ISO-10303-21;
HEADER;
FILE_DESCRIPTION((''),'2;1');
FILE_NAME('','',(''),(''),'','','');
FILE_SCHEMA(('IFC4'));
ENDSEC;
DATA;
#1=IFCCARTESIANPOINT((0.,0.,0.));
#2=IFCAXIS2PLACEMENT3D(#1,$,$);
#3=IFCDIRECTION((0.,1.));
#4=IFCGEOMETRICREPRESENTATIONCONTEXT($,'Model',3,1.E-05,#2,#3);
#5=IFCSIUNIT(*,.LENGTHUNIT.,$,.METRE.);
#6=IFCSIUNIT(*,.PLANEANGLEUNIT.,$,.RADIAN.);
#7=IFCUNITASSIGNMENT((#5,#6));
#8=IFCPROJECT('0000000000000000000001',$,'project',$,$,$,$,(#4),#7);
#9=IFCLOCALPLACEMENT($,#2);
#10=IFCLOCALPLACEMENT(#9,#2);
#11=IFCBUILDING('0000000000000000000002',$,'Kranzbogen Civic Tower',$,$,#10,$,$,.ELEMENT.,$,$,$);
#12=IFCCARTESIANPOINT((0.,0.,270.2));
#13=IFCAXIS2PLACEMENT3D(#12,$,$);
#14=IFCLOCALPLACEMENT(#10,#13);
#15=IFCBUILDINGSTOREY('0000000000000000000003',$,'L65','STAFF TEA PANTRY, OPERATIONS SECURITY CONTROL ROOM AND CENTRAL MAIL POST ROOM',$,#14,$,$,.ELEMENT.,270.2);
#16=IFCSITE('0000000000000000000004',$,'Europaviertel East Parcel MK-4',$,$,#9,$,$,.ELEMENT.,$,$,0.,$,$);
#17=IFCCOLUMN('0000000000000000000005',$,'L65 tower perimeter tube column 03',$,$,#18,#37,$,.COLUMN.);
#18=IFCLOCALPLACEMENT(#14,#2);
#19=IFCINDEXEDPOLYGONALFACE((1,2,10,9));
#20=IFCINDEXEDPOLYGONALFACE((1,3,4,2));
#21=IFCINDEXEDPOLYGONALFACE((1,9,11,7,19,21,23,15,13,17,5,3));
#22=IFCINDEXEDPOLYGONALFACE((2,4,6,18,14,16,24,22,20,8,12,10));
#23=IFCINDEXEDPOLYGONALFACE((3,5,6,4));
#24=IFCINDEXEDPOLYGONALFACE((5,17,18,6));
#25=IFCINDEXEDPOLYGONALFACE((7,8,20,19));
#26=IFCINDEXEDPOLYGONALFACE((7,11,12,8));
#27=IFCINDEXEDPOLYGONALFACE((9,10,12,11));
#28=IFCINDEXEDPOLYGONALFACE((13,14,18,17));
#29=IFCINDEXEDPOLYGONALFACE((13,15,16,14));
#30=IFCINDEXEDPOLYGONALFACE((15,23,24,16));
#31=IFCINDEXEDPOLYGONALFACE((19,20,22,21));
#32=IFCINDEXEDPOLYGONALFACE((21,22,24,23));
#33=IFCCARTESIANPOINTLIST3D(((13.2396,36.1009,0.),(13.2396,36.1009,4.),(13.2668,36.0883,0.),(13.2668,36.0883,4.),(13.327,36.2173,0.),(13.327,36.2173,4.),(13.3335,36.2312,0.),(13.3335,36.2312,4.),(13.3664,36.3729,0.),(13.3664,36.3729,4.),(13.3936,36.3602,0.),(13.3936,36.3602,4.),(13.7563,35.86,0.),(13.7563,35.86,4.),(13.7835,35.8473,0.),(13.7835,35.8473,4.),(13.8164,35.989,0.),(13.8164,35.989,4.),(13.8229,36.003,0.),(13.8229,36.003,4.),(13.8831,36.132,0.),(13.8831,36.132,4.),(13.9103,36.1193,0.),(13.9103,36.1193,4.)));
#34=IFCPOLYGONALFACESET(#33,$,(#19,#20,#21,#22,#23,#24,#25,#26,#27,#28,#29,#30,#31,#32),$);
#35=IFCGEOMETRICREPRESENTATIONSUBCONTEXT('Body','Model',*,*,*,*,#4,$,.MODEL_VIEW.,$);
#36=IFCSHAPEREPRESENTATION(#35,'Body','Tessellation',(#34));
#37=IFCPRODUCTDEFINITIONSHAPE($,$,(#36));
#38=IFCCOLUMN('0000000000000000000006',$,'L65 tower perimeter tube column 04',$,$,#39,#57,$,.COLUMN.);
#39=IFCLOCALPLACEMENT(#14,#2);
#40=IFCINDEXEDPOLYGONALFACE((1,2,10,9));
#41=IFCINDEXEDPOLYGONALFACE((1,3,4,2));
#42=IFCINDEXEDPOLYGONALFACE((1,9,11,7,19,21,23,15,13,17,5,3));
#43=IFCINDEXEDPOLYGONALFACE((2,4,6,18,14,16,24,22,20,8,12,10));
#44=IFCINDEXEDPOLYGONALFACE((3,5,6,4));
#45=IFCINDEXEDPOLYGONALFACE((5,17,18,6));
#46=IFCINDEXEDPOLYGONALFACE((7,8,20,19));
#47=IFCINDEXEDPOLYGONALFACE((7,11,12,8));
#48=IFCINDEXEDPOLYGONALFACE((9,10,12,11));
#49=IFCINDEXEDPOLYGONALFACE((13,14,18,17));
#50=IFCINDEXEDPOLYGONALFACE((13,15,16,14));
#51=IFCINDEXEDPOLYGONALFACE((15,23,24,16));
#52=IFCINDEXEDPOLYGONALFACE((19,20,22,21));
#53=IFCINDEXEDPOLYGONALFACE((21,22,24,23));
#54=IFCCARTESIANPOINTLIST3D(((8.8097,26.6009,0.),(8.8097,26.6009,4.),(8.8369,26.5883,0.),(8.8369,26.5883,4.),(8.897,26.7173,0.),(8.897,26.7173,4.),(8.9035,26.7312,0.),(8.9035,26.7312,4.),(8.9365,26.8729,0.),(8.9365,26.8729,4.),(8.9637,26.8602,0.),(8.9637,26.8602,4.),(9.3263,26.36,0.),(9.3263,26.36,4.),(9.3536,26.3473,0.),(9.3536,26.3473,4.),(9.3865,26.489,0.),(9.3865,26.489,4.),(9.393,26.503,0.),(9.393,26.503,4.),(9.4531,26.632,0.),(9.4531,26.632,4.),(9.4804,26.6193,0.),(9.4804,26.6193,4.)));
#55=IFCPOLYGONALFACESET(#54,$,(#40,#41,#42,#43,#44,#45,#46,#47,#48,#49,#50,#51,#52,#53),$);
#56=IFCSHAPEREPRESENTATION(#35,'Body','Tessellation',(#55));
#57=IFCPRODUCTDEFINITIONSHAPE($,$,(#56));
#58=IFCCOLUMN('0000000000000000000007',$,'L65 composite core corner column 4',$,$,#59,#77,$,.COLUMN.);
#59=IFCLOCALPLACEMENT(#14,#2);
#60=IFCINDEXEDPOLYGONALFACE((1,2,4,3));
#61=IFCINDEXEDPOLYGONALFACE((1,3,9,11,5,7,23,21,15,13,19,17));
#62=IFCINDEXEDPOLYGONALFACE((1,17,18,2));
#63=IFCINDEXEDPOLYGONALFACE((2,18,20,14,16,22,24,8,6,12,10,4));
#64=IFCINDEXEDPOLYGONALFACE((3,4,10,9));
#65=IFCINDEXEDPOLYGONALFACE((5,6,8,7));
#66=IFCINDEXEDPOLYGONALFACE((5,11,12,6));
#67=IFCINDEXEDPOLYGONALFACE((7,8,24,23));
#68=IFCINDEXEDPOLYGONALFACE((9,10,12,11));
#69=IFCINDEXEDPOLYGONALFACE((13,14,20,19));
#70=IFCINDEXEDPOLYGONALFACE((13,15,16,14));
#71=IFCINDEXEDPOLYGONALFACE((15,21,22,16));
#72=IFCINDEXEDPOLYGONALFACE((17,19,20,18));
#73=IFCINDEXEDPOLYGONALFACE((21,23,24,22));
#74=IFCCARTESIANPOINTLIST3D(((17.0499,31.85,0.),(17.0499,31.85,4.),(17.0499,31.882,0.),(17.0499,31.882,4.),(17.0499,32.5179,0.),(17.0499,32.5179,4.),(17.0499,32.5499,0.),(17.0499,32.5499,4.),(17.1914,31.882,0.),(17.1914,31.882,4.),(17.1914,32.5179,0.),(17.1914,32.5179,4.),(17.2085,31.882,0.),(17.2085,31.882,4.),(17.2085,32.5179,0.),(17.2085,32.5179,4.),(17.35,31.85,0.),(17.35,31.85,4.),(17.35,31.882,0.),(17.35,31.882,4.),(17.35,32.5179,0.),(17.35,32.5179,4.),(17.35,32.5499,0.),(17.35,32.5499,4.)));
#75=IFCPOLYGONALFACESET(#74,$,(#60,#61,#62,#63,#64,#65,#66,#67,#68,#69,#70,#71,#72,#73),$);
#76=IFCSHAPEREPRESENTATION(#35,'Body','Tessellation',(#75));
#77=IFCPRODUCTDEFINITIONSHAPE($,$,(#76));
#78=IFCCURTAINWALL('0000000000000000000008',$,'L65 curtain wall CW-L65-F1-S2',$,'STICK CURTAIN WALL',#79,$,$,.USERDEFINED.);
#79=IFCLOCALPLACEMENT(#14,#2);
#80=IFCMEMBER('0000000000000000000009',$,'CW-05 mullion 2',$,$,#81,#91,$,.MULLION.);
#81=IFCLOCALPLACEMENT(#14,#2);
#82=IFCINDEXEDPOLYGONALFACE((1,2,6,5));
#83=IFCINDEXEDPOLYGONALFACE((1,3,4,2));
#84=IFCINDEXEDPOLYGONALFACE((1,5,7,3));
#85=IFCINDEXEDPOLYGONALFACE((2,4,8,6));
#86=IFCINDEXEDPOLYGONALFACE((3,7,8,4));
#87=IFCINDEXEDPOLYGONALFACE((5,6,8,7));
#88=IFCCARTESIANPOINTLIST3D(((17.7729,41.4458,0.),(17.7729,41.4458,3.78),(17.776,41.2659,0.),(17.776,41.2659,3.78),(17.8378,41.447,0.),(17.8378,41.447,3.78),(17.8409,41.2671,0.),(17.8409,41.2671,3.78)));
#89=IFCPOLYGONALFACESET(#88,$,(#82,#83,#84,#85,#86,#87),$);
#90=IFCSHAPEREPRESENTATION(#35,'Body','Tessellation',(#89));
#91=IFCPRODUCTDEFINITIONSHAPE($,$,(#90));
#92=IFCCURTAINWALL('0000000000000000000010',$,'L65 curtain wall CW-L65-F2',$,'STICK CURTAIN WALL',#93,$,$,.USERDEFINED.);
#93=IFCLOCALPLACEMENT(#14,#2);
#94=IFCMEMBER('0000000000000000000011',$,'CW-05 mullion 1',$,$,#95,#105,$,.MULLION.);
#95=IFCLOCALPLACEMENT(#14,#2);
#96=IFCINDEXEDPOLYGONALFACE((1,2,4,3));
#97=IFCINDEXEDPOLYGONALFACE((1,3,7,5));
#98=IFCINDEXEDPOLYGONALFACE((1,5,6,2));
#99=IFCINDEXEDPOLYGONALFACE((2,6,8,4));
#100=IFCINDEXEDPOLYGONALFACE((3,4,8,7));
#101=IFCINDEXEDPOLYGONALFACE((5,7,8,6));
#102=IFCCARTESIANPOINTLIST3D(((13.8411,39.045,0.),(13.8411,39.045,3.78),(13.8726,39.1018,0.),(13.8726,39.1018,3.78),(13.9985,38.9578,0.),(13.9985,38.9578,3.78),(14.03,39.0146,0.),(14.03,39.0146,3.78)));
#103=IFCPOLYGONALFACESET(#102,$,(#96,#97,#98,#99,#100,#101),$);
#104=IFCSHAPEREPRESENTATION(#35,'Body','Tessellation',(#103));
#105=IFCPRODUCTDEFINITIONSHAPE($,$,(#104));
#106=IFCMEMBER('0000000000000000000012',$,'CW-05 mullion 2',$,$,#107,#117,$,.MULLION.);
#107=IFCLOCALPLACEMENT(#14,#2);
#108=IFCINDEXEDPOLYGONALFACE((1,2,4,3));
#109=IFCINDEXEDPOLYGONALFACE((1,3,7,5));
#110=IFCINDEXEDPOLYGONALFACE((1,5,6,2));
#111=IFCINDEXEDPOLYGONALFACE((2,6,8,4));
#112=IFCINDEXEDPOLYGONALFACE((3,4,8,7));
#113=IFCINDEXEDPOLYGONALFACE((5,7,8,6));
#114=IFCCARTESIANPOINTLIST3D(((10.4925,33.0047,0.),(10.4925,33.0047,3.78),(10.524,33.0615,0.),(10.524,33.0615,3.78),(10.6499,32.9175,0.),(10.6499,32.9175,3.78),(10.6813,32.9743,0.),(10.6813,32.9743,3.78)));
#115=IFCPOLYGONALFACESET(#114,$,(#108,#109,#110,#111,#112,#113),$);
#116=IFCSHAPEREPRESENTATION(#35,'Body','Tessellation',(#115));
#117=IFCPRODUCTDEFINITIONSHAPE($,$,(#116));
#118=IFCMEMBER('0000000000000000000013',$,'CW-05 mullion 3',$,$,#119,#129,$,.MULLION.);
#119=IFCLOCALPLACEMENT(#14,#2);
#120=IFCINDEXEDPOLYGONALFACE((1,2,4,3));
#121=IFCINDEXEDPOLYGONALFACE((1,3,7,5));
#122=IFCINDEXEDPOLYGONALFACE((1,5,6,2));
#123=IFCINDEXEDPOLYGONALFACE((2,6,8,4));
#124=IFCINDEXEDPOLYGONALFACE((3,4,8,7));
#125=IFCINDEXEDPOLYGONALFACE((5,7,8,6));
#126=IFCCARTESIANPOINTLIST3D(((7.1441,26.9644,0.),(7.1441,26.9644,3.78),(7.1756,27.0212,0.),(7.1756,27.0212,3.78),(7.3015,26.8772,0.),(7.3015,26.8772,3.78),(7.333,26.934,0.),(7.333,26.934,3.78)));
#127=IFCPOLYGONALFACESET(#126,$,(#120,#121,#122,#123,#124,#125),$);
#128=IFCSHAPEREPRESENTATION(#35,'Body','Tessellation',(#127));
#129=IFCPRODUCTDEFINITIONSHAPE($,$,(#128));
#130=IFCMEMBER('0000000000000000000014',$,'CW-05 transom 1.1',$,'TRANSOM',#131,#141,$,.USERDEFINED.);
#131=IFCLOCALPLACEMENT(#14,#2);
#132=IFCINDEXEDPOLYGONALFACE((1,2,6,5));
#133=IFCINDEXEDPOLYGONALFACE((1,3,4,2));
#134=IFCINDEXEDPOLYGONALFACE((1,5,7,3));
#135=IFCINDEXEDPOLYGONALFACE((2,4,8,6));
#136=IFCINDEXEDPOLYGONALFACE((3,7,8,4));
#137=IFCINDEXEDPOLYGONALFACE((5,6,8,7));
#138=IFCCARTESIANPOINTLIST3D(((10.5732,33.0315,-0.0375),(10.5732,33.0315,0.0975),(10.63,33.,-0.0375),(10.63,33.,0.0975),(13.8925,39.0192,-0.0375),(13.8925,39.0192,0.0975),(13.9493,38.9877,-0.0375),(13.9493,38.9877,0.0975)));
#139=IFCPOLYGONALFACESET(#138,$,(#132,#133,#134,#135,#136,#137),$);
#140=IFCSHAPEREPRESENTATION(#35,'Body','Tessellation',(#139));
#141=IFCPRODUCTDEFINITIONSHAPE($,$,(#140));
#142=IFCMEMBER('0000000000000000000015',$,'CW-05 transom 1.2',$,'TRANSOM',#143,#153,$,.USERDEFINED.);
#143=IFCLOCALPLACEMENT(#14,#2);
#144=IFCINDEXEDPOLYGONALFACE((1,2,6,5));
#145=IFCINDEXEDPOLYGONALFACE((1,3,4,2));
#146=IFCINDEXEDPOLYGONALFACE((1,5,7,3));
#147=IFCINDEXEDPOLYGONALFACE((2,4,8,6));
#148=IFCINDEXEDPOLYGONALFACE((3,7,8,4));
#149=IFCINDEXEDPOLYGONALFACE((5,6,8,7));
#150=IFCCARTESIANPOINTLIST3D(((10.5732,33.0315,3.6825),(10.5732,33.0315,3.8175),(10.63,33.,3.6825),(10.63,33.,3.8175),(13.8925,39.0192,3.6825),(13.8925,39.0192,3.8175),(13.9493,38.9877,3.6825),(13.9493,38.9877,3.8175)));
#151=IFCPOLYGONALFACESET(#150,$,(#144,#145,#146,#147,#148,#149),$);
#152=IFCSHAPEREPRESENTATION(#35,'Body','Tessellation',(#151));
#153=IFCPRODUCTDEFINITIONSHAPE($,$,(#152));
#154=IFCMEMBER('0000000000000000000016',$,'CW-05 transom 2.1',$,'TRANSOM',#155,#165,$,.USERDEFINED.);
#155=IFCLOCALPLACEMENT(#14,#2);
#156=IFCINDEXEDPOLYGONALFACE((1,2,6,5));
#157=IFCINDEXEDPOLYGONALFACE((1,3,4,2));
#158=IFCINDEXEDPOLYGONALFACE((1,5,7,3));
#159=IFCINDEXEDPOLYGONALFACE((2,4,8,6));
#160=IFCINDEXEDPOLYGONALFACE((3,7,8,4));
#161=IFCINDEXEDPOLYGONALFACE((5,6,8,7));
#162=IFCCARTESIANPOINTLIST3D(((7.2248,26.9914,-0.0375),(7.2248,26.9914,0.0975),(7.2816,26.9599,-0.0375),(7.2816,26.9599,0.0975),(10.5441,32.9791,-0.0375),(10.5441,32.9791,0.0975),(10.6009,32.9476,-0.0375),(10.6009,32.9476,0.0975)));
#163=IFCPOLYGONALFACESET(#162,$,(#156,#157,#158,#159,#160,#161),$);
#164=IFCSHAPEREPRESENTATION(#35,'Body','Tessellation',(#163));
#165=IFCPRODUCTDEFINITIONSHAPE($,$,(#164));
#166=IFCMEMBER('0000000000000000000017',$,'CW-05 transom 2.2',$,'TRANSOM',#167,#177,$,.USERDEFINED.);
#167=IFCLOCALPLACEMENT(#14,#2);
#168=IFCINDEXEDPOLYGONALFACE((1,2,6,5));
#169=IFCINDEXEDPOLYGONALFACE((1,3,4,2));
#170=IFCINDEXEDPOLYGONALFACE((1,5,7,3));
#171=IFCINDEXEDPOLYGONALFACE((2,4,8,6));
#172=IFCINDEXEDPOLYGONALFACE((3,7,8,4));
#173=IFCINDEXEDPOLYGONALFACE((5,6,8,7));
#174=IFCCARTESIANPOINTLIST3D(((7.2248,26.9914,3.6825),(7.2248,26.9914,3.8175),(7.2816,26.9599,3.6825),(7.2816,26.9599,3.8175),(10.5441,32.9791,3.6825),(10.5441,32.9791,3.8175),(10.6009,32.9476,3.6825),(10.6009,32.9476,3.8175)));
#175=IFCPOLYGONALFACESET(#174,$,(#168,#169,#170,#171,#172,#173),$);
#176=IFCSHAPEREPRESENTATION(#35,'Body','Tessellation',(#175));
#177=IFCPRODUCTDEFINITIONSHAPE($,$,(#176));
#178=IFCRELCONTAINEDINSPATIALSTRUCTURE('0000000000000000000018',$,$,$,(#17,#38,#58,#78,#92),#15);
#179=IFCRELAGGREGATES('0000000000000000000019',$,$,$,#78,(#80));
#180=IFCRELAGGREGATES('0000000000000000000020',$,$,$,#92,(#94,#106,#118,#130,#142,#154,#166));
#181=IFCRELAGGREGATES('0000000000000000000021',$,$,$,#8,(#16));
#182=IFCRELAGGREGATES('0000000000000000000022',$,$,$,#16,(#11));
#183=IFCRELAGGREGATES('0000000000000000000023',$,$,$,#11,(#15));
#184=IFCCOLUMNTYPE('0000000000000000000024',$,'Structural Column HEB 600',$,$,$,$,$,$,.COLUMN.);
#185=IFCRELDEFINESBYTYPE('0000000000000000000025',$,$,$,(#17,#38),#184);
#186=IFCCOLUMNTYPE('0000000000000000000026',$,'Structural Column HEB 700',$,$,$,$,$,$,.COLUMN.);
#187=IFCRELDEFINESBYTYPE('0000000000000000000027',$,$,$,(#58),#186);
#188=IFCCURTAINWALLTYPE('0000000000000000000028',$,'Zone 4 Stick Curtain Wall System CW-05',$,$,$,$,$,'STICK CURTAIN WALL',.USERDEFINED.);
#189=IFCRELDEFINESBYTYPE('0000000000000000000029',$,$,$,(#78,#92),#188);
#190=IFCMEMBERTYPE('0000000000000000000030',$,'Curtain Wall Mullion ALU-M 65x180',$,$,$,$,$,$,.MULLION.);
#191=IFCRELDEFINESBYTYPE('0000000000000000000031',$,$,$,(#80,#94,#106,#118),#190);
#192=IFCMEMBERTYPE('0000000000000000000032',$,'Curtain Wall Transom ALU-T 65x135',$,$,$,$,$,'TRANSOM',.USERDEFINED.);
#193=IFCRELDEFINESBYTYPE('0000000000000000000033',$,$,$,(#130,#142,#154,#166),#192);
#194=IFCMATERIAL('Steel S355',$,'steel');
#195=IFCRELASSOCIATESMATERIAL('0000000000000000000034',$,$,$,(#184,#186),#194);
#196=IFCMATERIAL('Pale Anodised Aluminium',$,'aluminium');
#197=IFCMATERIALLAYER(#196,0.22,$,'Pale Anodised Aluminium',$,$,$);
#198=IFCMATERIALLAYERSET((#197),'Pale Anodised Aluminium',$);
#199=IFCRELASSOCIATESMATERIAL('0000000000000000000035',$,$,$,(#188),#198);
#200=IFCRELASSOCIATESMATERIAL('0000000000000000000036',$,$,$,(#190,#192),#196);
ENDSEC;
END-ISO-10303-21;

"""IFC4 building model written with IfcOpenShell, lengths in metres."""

from ifc_helpers import new_model, si_unit, direction, frame, origin, origin_2d, place, context, subcontext, project, spatial, rectangle, i_section, extrude, material, layer, layer_set, material_profile, profile_set, type_object, element, aggregate, save


model = new_model("IFC4")

# Units and contexts
model_context = context("Model", 3, precision=1e-05, world=origin(), true_north=direction((0.0, 1.0)))
body_context = subcontext(model_context, "Body", "Model", "MODEL_VIEW")
ifc_project = project(units=[si_unit("LENGTHUNIT", "METRE"), si_unit("PLANEANGLEUNIT", "RADIAN")], contexts=[model_context])

# Site, building, storey
site_placement = place(None, origin())
site = spatial("IfcSite", under=ifc_project, at=site_placement, Name="Europaviertel East Parcel MK-4", CompositionType="ELEMENT", RefElevation=0.0)
building_placement = place(site_placement, origin())
building = spatial("IfcBuilding", under=site, at=building_placement, Name="Kranzbogen Civic Tower", CompositionType="ELEMENT")
storey_placement = place(building_placement, frame((0.0, 0.0, 270.2)))
storey = spatial("IfcBuildingStorey", under=building, at=storey_placement, Name="L65", Description="STAFF TEA PANTRY, OPERATIONS SECURITY CONTROL ROOM AND CENTRAL MAIL POST ROOM", CompositionType="ELEMENT", Elevation=270.2)

# Columns
ifc_material_1 = material(Name="Steel S355", Category="steel")
ifc_material_profile_1 = material_profile(ifc_material_1, i_section(OverallWidth=0.3, OverallDepth=0.6001, WebThickness=0.0154, FlangeThickness=0.03, at=origin_2d()), Name="HEB 600")
ifc_profile_set_1 = profile_set([ifc_material_profile_1], Name="Steel S355")
column_type_1 = type_object("IfcColumnType", Name="Structural Column HEB 600", PredefinedType="COLUMN", material=ifc_profile_set_1)
for number, where, z_axis, x_axis, name in (
    (1, (13.575, 36.1101, 0.0), (0.0, 0.0, 1.0), (0.422618, 0.906308, 0.0), "L65 tower perimeter tube column 03"),
    (2, (9.145, 26.6101, 0.0), (0.0, 0.0, 1.0), (0.422618, 0.906308, 0.0), "L65 tower perimeter tube column 04"),
):
    element("IfcColumn", number, at=place(storey_placement, frame(where, z_axis=z_axis, x_axis=x_axis)), inside=storey, type_object=column_type_1, Name=name, PredefinedType="COLUMN", context=body_context, shape_type="SweptSolid", body=[
        extrude(i_section(OverallWidth=0.3, OverallDepth=0.6001, WebThickness=0.0154, FlangeThickness=0.03, at=origin_2d()), origin(), (0.0, 0.0, 1.0), 4.0),
    ])
ifc_material_profile_2 = material_profile(ifc_material_1, i_section(OverallWidth=0.3, OverallDepth=0.7, WebThickness=0.0171, FlangeThickness=0.032, at=origin_2d()), Name="HEB 700")
ifc_profile_set_2 = profile_set([ifc_material_profile_2], Name="Steel S355")
column_type_2 = type_object("IfcColumnType", Name="Structural Column HEB 700", PredefinedType="COLUMN", material=ifc_profile_set_2)
column_placement = place(storey_placement, frame((17.2, 32.2, 0.0), z_axis=(0.0, 0.0, 1.0), x_axis=(1.0, 0.0, 0.0)))
element("IfcColumn", 3, at=column_placement, inside=storey, type_object=column_type_2, Name="L65 composite core corner column 4", PredefinedType="COLUMN", context=body_context, shape_type="SweptSolid", body=[
    extrude(i_section(OverallWidth=0.3, OverallDepth=0.7, WebThickness=0.0171, FlangeThickness=0.032, at=origin_2d()), origin(), (0.0, 0.0, 1.0), 4.0),
])

# Curtain wall, member
ifc_material_2 = material(Name="Pale Anodised Aluminium", Category="aluminium")
ifc_layer_1 = layer(ifc_material_2, 0.22, Name="Pale Anodised Aluminium")
ifc_layer_set_1 = layer_set([ifc_layer_1], Name="Pale Anodised Aluminium")
curtain_wall_type = type_object("IfcCurtainWallType", Name="Zone 4 Stick Curtain Wall System CW-05", ElementType="STICK CURTAIN WALL", PredefinedType="USERDEFINED", material=ifc_layer_set_1)
curtain_wall_1_placement = place(storey_placement, origin())
curtain_wall_1 = element("IfcCurtainWall", 4, at=curtain_wall_1_placement, inside=storey, type_object=curtain_wall_type, Name="L65 curtain wall CW-L65-F1-S2", ObjectType="STICK CURTAIN WALL", PredefinedType="USERDEFINED")
ifc_material_profile_3 = material_profile(ifc_material_2, rectangle(XDim=0.0649, YDim=0.1799, at=origin_2d()), Name="ALU-M 65x180")
ifc_profile_set_3 = profile_set([ifc_material_profile_3], Name="Pale Anodised Aluminium")
member_type_1 = type_object("IfcMemberType", Name="Curtain Wall Mullion ALU-M 65x180", PredefinedType="MULLION", material=ifc_profile_set_3)
member_1_placement = place(storey_placement, frame((17.8069, 41.3564, 0.0), z_axis=(0.0, 0.0, 1.0), x_axis=(-0.999848, -0.017434, 0.0)))
member_1 = element("IfcMember", 5, at=member_1_placement, type_object=member_type_1, Name="CW-05 mullion 2", PredefinedType="MULLION", context=body_context, shape_type="SweptSolid", body=[
    extrude(rectangle(XDim=0.0649, YDim=0.1799, at=origin_2d()), origin(), (0.0, 0.0, 1.0), 3.78),
])
aggregate(curtain_wall_1, [member_1])

# Curtain wall, members
curtain_wall_2_placement = place(storey_placement, origin())
curtain_wall_2 = element("IfcCurtainWall", 6, at=curtain_wall_2_placement, inside=storey, type_object=curtain_wall_type, Name="L65 curtain wall CW-L65-F2", ObjectType="STICK CURTAIN WALL", PredefinedType="USERDEFINED")
member_2_placement = place(storey_placement, frame((13.9355, 39.0298, 0.0), z_axis=(0.0, 0.0, 1.0), x_axis=(-0.484841, -0.874602, 0.0)))
member_2 = element("IfcMember", 7, at=member_2_placement, type_object=member_type_1, Name="CW-05 mullion 1", PredefinedType="MULLION", context=body_context, shape_type="SweptSolid", body=[
    extrude(rectangle(XDim=0.0649, YDim=0.1799, at=origin_2d()), origin(), (0.0, 0.0, 1.0), 3.78),
])
member_3_placement = place(storey_placement, frame((10.5869, 32.9895, 0.0), z_axis=(0.0, 0.0, 1.0), x_axis=(-0.484841, -0.874602, 0.0)))
member_3 = element("IfcMember", 8, at=member_3_placement, type_object=member_type_1, Name="CW-05 mullion 2", PredefinedType="MULLION", context=body_context, shape_type="SweptSolid", body=[
    extrude(rectangle(XDim=0.0649, YDim=0.1799, at=origin_2d()), origin(), (0.0, 0.0, 1.0), 3.78),
])
member_4_placement = place(storey_placement, frame((7.2385, 26.9492, 0.0), z_axis=(0.0, 0.0, 1.0), x_axis=(-0.484841, -0.874602, 0.0)))
member_4 = element("IfcMember", 9, at=member_4_placement, type_object=member_type_1, Name="CW-05 mullion 3", PredefinedType="MULLION", context=body_context, shape_type="SweptSolid", body=[
    extrude(rectangle(XDim=0.0649, YDim=0.1799, at=origin_2d()), origin(), (0.0, 0.0, 1.0), 3.78),
])
ifc_material_profile_4 = material_profile(ifc_material_2, rectangle(XDim=0.0649, YDim=0.135, at=origin_2d()), Name="ALU-T 65x135")
ifc_profile_set_4 = profile_set([ifc_material_profile_4], Name="Pale Anodised Aluminium")
member_type_2 = type_object("IfcMemberType", Name="Curtain Wall Transom ALU-T 65x135", ElementType="TRANSOM", PredefinedType="USERDEFINED", material=ifc_profile_set_4)
member_5_placement = place(storey_placement, frame((13.9209, 39.0034, 0.03), z_axis=(-0.484837, -0.874604, 0.0), x_axis=(0.874604, -0.484837, 0.0)))
member_5 = element("IfcMember", 10, at=member_5_placement, type_object=member_type_2, Name="CW-05 transom 1.1", ObjectType="TRANSOM", PredefinedType="USERDEFINED", context=body_context, shape_type="SweptSolid", body=[
    extrude(rectangle(XDim=0.0649, YDim=0.135, at=origin_2d()), origin(), (0.0, 0.0, 1.0), 6.8462),
])
member_6_placement = place(storey_placement, frame((13.9209, 39.0034, 3.75), z_axis=(-0.484837, -0.874604, 0.0), x_axis=(0.874604, -0.484837, 0.0)))
member_6 = element("IfcMember", 11, at=member_6_placement, type_object=member_type_2, Name="CW-05 transom 1.2", ObjectType="TRANSOM", PredefinedType="USERDEFINED", context=body_context, shape_type="SweptSolid", body=[
    extrude(rectangle(XDim=0.0649, YDim=0.135, at=origin_2d()), origin(), (0.0, 0.0, 1.0), 6.8462),
])
member_7_placement = place(storey_placement, frame((10.5725, 32.9634, 0.03), z_axis=(-0.484837, -0.874604, 0.0), x_axis=(0.874604, -0.484837, 0.0)))
member_7 = element("IfcMember", 12, at=member_7_placement, type_object=member_type_2, Name="CW-05 transom 2.1", ObjectType="TRANSOM", PredefinedType="USERDEFINED", context=body_context, shape_type="SweptSolid", body=[
    extrude(rectangle(XDim=0.0649, YDim=0.135, at=origin_2d()), origin(), (0.0, 0.0, 1.0), 6.8462),
])
member_8_placement = place(storey_placement, frame((10.5725, 32.9634, 3.75), z_axis=(-0.484837, -0.874604, 0.0), x_axis=(0.874604, -0.484837, 0.0)))
member_8 = element("IfcMember", 13, at=member_8_placement, type_object=member_type_2, Name="CW-05 transom 2.2", ObjectType="TRANSOM", PredefinedType="USERDEFINED", context=body_context, shape_type="SweptSolid", body=[
    extrude(rectangle(XDim=0.0649, YDim=0.135, at=origin_2d()), origin(), (0.0, 0.0, 1.0), 6.8462),
])

aggregate(curtain_wall_2, [member_2, member_3, member_4, member_5, member_6, member_7, member_8])

save(model, "model.ifc")
